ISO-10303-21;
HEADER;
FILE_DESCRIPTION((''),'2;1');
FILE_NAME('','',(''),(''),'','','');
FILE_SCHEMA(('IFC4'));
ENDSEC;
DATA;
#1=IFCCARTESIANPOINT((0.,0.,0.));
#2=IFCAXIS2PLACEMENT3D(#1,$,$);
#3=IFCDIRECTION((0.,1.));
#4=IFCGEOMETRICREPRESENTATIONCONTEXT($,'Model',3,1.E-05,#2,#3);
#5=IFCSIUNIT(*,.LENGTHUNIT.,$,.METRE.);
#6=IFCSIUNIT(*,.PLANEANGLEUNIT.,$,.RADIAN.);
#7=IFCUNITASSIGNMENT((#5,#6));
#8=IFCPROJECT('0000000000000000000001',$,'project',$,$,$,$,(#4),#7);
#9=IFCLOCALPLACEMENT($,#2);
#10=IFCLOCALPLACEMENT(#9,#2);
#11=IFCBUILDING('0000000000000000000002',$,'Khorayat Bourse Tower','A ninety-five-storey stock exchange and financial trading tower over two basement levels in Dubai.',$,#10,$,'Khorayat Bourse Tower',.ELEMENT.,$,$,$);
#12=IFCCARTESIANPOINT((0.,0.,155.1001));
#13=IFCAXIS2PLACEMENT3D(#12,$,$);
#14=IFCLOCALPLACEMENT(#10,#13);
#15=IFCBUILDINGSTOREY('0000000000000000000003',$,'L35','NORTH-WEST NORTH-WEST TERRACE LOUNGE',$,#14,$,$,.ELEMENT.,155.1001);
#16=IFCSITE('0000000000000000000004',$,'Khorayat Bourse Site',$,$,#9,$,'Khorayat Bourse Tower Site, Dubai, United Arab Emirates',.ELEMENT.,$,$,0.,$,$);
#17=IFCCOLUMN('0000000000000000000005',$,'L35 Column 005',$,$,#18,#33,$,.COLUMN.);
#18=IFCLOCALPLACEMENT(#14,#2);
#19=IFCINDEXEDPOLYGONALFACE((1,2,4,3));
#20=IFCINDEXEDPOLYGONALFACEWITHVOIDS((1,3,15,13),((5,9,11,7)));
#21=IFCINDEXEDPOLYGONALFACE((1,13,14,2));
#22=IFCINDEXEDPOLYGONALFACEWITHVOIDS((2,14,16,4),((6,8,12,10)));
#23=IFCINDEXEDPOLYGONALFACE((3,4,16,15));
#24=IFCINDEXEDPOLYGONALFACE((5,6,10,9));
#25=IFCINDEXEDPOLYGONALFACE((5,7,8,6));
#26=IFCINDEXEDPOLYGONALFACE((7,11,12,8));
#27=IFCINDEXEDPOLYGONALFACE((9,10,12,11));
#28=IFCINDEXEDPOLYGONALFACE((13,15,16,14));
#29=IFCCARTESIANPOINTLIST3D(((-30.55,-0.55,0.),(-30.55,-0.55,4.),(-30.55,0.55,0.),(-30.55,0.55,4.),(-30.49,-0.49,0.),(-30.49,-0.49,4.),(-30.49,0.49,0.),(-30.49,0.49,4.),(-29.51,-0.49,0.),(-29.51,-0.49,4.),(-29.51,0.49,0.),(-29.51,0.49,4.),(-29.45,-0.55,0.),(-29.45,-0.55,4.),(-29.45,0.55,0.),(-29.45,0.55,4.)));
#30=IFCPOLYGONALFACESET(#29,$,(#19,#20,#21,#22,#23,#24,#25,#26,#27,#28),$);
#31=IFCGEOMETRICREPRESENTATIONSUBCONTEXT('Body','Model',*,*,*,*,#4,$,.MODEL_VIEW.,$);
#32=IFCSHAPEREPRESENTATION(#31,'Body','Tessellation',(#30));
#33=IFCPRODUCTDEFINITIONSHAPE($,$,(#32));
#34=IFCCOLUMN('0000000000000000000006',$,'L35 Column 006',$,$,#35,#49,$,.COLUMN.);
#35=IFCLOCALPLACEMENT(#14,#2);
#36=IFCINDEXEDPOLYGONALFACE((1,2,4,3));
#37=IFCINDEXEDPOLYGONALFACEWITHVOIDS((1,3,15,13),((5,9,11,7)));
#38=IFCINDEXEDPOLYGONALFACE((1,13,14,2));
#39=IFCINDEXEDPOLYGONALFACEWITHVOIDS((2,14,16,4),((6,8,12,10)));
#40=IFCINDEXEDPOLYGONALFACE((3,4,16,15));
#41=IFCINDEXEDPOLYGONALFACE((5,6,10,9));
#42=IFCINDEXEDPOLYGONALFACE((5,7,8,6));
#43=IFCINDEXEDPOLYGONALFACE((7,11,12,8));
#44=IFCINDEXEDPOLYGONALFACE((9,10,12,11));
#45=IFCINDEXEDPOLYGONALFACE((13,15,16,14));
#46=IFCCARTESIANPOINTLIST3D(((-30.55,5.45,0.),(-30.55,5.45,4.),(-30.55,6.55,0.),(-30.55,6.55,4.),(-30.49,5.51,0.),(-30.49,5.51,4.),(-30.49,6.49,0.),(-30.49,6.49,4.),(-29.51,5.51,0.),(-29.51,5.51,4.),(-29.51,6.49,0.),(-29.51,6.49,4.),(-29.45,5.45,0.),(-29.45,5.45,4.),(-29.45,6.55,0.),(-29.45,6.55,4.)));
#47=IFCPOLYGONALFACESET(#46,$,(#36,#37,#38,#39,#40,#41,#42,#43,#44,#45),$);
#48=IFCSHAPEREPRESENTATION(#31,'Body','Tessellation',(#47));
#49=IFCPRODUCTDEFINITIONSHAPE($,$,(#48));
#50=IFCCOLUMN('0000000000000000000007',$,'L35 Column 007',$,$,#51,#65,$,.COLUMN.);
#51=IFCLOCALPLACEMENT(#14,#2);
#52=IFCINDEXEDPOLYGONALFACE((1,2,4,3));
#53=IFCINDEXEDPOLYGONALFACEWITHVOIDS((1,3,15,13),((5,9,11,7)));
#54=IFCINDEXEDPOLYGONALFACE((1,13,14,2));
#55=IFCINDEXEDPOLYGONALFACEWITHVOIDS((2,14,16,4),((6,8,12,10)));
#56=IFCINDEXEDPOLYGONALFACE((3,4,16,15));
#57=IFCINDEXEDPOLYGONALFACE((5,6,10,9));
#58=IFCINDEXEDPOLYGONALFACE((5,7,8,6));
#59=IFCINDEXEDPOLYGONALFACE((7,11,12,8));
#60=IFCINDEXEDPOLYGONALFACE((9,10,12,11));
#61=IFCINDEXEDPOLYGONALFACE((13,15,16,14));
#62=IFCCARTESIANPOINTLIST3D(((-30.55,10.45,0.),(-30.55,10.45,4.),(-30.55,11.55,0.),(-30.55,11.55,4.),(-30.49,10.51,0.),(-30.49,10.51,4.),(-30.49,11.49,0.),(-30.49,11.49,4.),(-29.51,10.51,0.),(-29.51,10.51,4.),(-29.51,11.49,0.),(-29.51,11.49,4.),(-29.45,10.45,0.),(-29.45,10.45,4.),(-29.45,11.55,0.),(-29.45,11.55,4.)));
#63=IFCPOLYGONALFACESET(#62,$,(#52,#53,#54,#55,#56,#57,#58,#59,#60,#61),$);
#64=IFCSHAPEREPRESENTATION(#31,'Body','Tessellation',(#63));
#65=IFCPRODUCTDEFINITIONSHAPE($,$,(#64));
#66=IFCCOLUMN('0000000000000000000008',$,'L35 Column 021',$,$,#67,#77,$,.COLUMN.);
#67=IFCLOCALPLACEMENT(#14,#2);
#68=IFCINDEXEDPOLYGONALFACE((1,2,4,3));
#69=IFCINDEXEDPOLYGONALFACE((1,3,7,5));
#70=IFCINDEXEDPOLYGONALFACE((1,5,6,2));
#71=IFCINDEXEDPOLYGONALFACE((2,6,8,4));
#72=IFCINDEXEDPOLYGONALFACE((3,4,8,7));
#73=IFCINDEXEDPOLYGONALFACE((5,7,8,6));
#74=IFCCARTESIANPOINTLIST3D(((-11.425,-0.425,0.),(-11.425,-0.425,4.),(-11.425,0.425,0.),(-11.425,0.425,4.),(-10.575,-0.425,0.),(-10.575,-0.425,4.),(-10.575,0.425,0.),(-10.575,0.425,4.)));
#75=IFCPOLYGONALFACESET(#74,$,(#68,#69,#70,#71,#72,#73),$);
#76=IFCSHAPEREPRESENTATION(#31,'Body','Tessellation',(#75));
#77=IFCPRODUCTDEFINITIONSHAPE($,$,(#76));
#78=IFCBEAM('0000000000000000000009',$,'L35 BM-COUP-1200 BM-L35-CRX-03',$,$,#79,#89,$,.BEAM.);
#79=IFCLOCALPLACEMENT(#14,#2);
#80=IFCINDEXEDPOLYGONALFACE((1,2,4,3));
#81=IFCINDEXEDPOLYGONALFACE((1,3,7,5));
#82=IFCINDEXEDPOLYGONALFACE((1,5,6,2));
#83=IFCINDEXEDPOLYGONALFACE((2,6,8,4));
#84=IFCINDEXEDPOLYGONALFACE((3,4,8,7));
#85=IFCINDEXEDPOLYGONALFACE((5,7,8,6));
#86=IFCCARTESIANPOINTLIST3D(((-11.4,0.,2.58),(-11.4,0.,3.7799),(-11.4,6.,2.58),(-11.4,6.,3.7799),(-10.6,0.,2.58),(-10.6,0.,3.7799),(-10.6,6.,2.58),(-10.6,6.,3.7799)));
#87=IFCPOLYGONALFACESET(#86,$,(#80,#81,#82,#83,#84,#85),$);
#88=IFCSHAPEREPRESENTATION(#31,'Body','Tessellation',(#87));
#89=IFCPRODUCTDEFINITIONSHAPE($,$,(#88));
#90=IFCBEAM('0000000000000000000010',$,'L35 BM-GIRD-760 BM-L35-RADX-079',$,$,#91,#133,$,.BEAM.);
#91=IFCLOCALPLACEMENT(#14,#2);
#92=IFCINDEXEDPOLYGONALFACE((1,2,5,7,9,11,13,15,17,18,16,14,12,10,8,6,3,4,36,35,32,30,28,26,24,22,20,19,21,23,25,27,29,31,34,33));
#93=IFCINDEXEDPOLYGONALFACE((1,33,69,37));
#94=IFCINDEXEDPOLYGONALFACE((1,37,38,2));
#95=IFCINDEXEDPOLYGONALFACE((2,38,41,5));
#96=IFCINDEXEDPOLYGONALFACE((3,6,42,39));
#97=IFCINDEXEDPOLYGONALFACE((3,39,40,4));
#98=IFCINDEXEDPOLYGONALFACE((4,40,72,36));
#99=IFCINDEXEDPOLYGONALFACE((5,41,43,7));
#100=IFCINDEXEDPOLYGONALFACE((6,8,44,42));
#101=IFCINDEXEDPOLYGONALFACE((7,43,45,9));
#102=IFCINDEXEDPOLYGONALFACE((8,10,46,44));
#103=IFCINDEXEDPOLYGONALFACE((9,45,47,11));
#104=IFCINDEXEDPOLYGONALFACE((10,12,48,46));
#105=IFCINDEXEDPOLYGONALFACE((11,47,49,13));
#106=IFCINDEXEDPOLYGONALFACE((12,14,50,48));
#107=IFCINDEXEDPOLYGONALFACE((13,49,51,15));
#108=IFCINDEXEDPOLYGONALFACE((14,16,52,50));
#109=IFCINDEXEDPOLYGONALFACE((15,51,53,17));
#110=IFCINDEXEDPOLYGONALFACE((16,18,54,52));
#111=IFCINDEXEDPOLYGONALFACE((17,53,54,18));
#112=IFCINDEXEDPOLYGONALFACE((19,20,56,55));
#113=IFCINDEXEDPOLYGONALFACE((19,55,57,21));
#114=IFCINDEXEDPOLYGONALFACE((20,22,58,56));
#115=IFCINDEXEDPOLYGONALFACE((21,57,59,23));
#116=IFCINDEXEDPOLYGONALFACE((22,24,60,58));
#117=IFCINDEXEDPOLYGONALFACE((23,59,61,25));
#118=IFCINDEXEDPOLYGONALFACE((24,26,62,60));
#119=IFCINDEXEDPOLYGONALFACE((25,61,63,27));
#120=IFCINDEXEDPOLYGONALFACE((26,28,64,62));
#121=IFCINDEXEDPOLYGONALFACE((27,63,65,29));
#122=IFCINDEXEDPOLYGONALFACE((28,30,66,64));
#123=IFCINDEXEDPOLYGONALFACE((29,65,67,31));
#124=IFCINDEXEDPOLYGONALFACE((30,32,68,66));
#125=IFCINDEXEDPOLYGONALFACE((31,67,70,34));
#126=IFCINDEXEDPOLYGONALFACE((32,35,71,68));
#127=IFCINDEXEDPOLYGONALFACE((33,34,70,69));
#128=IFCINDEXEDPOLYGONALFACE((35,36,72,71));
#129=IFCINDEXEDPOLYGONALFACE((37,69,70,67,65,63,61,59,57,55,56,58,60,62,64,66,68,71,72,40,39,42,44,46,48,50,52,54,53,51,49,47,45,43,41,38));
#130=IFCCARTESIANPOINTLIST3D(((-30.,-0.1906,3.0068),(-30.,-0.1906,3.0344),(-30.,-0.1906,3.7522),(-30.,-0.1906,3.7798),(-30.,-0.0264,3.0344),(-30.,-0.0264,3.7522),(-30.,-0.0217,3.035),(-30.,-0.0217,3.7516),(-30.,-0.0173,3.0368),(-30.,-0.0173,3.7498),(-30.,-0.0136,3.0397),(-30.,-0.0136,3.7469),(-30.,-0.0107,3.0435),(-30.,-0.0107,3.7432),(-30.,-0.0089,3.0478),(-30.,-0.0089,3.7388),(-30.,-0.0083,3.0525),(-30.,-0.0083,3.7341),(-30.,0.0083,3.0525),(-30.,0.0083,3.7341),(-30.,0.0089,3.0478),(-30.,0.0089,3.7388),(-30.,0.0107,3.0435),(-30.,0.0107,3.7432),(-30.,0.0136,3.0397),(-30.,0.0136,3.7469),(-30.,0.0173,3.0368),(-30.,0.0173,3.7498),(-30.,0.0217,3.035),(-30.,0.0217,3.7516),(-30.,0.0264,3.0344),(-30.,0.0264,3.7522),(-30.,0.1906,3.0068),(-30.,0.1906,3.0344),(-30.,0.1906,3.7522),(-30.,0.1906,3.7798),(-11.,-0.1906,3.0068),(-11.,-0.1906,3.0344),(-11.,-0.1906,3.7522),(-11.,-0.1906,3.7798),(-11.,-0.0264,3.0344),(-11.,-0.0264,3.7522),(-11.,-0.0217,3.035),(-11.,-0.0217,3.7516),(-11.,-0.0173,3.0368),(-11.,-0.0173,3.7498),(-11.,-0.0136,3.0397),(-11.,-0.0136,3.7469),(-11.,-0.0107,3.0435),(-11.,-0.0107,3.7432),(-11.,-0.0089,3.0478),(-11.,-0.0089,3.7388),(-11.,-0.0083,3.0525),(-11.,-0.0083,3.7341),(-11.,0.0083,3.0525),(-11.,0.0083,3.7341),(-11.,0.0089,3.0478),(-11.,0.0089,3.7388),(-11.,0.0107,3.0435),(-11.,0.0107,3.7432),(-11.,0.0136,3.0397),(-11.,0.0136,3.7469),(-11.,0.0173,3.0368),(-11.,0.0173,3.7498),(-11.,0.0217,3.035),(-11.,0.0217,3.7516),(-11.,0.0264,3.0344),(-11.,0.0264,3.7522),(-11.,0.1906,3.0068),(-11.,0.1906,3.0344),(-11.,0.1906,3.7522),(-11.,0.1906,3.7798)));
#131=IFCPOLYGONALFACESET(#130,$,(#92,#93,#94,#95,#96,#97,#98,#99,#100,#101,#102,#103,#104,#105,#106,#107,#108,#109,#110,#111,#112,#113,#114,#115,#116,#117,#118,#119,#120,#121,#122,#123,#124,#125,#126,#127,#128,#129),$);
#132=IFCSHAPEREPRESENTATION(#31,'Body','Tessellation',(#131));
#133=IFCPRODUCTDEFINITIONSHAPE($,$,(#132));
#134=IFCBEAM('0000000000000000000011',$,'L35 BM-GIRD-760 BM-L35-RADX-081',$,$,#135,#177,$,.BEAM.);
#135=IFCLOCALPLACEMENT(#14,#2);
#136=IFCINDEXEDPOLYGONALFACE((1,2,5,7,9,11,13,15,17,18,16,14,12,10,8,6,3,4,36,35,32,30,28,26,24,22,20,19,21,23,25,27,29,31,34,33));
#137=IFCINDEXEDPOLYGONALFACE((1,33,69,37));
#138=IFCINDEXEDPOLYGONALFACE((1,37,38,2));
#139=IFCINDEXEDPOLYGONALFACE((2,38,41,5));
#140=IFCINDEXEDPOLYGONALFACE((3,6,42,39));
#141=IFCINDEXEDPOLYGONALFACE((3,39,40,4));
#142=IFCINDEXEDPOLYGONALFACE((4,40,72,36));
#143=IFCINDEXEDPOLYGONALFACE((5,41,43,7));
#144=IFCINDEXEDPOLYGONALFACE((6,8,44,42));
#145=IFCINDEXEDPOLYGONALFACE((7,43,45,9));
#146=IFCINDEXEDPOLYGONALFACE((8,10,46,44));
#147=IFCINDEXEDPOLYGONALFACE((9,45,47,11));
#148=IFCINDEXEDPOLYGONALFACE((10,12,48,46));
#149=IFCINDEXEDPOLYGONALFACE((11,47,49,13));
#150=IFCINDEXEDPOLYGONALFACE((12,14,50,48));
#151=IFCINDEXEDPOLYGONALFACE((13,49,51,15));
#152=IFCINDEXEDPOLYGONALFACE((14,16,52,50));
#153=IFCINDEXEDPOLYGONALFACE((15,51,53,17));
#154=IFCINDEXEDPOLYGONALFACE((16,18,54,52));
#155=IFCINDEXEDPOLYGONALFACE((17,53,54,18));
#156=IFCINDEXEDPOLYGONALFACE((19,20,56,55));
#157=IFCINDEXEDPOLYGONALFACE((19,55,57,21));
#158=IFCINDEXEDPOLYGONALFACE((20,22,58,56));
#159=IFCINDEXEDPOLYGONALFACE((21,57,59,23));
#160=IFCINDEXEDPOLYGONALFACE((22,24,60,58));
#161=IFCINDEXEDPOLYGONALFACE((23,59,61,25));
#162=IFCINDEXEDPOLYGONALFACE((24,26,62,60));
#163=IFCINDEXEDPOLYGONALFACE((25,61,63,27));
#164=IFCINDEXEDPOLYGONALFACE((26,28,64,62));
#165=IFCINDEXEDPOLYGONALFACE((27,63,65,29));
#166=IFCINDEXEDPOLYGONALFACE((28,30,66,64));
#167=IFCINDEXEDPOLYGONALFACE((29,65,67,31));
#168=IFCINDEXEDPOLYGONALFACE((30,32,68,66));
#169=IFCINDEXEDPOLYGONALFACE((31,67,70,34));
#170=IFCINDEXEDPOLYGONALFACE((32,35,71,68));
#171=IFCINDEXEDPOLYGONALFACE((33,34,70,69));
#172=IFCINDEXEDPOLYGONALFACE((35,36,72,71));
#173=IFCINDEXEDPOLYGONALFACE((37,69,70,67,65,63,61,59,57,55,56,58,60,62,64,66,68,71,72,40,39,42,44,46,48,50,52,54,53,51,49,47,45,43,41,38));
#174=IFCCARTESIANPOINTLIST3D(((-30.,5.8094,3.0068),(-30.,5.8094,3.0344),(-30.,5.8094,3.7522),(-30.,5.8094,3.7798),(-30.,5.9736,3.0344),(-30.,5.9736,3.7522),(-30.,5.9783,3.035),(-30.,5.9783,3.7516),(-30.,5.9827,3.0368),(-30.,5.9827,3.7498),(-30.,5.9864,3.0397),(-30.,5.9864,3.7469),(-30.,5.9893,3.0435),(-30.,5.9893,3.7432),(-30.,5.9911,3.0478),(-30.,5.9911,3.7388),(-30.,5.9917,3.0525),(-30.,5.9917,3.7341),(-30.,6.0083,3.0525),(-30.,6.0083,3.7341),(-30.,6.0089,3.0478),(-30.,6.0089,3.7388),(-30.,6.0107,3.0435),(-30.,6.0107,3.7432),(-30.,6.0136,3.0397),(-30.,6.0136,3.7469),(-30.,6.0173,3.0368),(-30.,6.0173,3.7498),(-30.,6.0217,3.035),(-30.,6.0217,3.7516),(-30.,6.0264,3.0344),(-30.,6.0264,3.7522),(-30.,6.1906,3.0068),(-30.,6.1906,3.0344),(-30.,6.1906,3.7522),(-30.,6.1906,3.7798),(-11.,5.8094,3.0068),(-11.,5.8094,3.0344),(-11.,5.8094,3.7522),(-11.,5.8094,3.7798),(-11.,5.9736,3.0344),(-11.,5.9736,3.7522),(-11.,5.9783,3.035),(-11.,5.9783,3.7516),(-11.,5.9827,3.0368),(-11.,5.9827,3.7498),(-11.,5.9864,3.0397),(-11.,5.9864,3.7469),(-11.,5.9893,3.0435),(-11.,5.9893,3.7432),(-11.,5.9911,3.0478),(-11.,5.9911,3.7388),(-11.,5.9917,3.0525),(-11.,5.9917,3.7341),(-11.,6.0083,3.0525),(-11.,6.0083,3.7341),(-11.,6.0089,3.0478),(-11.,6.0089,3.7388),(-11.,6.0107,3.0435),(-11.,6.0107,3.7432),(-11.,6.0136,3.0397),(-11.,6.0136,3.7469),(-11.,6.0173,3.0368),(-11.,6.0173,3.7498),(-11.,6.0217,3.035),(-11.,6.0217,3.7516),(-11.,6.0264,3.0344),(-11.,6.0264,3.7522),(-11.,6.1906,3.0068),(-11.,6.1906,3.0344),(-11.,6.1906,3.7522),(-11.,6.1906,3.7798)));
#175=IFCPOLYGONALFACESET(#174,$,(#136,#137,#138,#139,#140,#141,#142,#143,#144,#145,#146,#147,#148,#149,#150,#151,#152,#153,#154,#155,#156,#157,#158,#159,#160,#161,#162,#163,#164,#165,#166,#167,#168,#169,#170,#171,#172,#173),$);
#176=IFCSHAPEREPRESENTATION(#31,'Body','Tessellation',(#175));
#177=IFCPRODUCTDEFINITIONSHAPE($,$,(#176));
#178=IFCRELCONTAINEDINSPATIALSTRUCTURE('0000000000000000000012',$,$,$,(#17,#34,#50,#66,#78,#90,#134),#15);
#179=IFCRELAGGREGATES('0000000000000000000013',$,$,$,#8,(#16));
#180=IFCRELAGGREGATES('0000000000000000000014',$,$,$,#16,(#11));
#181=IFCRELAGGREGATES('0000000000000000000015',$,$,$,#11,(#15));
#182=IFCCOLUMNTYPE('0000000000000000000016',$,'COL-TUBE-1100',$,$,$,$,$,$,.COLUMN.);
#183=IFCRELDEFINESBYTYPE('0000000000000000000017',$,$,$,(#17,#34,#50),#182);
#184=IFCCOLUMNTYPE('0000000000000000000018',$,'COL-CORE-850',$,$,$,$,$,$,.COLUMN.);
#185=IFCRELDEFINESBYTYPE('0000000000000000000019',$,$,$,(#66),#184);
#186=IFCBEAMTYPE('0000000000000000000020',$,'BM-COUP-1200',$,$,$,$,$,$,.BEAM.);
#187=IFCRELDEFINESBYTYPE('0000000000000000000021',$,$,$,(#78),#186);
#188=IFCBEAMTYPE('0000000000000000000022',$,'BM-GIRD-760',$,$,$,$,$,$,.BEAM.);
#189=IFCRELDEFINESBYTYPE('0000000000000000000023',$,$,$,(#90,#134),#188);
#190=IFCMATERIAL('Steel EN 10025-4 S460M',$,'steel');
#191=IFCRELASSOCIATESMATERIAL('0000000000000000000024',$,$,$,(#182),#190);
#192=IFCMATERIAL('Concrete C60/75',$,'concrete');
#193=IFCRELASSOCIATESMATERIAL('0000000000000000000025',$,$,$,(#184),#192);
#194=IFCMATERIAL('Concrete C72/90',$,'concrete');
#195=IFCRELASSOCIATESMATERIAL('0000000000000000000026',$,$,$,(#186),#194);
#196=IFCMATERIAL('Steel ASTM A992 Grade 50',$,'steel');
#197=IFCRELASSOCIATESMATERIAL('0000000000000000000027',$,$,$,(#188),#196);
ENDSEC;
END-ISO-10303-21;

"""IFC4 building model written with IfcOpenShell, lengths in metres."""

from ifc_helpers import new_model, si_unit, direction, frame, origin, origin_2d, place, context, subcontext, project, spatial, rectangle, hollow_rectangle, i_section, extrude, source, transform, mapped, material, material_profile, profile_set, type_object, element, save


model = new_model("IFC4")

# Units and contexts
model_context = context("Model", 3, precision=1e-05, world=origin(), true_north=direction((0.0, 1.0)))
body_context = subcontext(model_context, "Body", "Model", "MODEL_VIEW")
ifc_project = project(units=[si_unit("LENGTHUNIT", "METRE"), si_unit("PLANEANGLEUNIT", "RADIAN")], contexts=[model_context])

# Site, building, storey
site_placement = place(None, origin())
site = spatial("IfcSite", under=ifc_project, at=site_placement, Name="Khorayat Bourse Site", LongName="Khorayat Bourse Tower Site, Dubai, United Arab Emirates", CompositionType="ELEMENT", RefElevation=0.0)
building_placement = place(site_placement, origin())
building = spatial("IfcBuilding", under=site, at=building_placement, Name="Khorayat Bourse Tower", Description="A ninety-five-storey stock exchange and financial trading tower over two basement levels in Dubai.", LongName="Khorayat Bourse Tower", CompositionType="ELEMENT")
storey_placement = place(building_placement, frame((0.0, 0.0, 155.1001)))
storey = spatial("IfcBuildingStorey", under=building, at=storey_placement, Name="L35", Description="NORTH-WEST NORTH-WEST TERRACE LOUNGE", CompositionType="ELEMENT", Elevation=155.1001)

# Columns
ifc_material_1 = material(Name="Steel EN 10025-4 S460M", Category="steel")
ifc_material_profile_1 = material_profile(ifc_material_1, hollow_rectangle(XDim=1.1001, YDim=1.1001, WallThickness=0.0601, at=origin_2d()), Name="BOX 1100x1100x60")
ifc_profile_set_1 = profile_set([ifc_material_profile_1], Name="Steel EN 10025-4 S460M")
column_type_1 = type_object("IfcColumnType", Name="COL-TUBE-1100", PredefinedType="COLUMN", material=ifc_profile_set_1)
shared_shape_1 = source(origin(), body_context, "Body", "SweptSolid", [
    extrude(hollow_rectangle(XDim=1.1001, YDim=1.1001, WallThickness=0.0601, at=origin_2d()), origin(), (0.0, 0.0, 1.0), 4.0),
])
for number, where, z_axis, x_axis, name in (
    (1, (-30.0, 0.0, 0.0), (0.0, 0.0, 1.0), (1.0, 0.0, 0.0), "L35 Column 005"),
    (2, (-30.0, 6.0, 0.0), (0.0, 0.0, 1.0), (1.0, 0.0, 0.0), "L35 Column 006"),
    (3, (-30.0, 11.0, 0.0), (0.0, 0.0, 1.0), (1.0, 0.0, 0.0), "L35 Column 007"),
):
    element("IfcColumn", number, at=place(storey_placement, frame(where, z_axis=z_axis, x_axis=x_axis)), inside=storey, type_object=column_type_1, Name=name, PredefinedType="COLUMN", context=body_context, shape_type="MappedRepresentation", body=[
        mapped(shared_shape_1, transform((0.0, 0.0, 0.0), scale=1.0)),
    ])
ifc_material_2 = material(Name="Concrete C60/75", Category="concrete")
ifc_material_profile_2 = material_profile(ifc_material_2, rectangle(XDim=0.8501, YDim=0.8501, at=origin_2d()), Name="RC 850x850")
ifc_profile_set_2 = profile_set([ifc_material_profile_2], Name="Concrete C60/75")
column_type_2 = type_object("IfcColumnType", Name="COL-CORE-850", PredefinedType="COLUMN", material=ifc_profile_set_2)
shared_shape_2 = source(origin(), body_context, "Body", "SweptSolid", [
    extrude(rectangle(XDim=0.8501, YDim=0.8501, at=origin_2d()), origin(), (0.0, 0.0, 1.0), 4.0),
])
column_placement = place(storey_placement, frame((-11.0, 0.0, 0.0), z_axis=(0.0, 0.0, 1.0), x_axis=(1.0, 0.0, 0.0)))
element("IfcColumn", 4, at=column_placement, inside=storey, type_object=column_type_2, Name="L35 Column 021", PredefinedType="COLUMN", context=body_context, shape_type="MappedRepresentation", body=[
    mapped(shared_shape_2, transform((0.0, 0.0, 0.0), scale=1.0)),
])

# Beams
ifc_material_3 = material(Name="Concrete C72/90", Category="concrete")
ifc_material_profile_3 = material_profile(ifc_material_3, rectangle(XDim=0.8, YDim=1.2, at=origin_2d()), Name="RC 800x1200")
ifc_profile_set_3 = profile_set([ifc_material_profile_3], Name="Concrete C72/90")
beam_type_1 = type_object("IfcBeamType", Name="BM-COUP-1200", PredefinedType="BEAM", material=ifc_profile_set_3)
shared_shape_3 = source(origin(), body_context, "Body", "SweptSolid", [
    extrude(rectangle(XDim=0.8, YDim=1.2, at=origin_2d()), origin(), (0.0, 0.0, 1.0), 6.0),
])
beam_1_placement = place(storey_placement, frame((-11.0, 0.0, 3.1799), z_axis=(0.0, 1.0, 0.0), x_axis=(-1.0, 0.0, 0.0)))
element("IfcBeam", 5, at=beam_1_placement, inside=storey, type_object=beam_type_1, Name="L35 BM-COUP-1200 BM-L35-CRX-03", PredefinedType="BEAM", context=body_context, shape_type="MappedRepresentation", body=[
    mapped(shared_shape_3, transform((0.0, 0.0, 0.0), scale=1.0)),
])
ifc_material_4 = material(Name="Steel ASTM A992 Grade 50", Category="steel")
ifc_material_profile_4 = material_profile(ifc_material_4, i_section(OverallWidth=0.3811, OverallDepth=0.7729, WebThickness=0.0166, FlangeThickness=0.0276, FilletRadius=0.0181, at=origin_2d()), Name="W760X257")
ifc_profile_set_4 = profile_set([ifc_material_profile_4], Name="Steel ASTM A992 Grade 50")
beam_type_2 = type_object("IfcBeamType", Name="BM-GIRD-760", PredefinedType="BEAM", material=ifc_profile_set_4)
shared_shape_4 = source(origin(), body_context, "Body", "SweptSolid", [
    extrude(i_section(OverallWidth=0.3811, OverallDepth=0.7729, WebThickness=0.0166, FlangeThickness=0.0276, FilletRadius=0.0181, at=origin_2d()), origin(), (0.0, 0.0, 1.0), 19.0),
])
for number, where, z_axis, x_axis, name in (
    (6, (-30.0, 0.0, 3.3933), (1.0, 0.0, 0.0), (0.0, 1.0, 0.0), "L35 BM-GIRD-760 BM-L35-RADX-079"),
    (7, (-30.0, 6.0, 3.3933), (1.0, 0.0, 0.0), (0.0, 1.0, 0.0), "L35 BM-GIRD-760 BM-L35-RADX-081"),
):
    element("IfcBeam", number, at=place(storey_placement, frame(where, z_axis=z_axis, x_axis=x_axis)), inside=storey, type_object=beam_type_2, Name=name, PredefinedType="BEAM", context=body_context, shape_type="MappedRepresentation", body=[
        mapped(shared_shape_4, transform((0.0, 0.0, 0.0), scale=1.0)),
    ])

save(model, "model.ifc")
